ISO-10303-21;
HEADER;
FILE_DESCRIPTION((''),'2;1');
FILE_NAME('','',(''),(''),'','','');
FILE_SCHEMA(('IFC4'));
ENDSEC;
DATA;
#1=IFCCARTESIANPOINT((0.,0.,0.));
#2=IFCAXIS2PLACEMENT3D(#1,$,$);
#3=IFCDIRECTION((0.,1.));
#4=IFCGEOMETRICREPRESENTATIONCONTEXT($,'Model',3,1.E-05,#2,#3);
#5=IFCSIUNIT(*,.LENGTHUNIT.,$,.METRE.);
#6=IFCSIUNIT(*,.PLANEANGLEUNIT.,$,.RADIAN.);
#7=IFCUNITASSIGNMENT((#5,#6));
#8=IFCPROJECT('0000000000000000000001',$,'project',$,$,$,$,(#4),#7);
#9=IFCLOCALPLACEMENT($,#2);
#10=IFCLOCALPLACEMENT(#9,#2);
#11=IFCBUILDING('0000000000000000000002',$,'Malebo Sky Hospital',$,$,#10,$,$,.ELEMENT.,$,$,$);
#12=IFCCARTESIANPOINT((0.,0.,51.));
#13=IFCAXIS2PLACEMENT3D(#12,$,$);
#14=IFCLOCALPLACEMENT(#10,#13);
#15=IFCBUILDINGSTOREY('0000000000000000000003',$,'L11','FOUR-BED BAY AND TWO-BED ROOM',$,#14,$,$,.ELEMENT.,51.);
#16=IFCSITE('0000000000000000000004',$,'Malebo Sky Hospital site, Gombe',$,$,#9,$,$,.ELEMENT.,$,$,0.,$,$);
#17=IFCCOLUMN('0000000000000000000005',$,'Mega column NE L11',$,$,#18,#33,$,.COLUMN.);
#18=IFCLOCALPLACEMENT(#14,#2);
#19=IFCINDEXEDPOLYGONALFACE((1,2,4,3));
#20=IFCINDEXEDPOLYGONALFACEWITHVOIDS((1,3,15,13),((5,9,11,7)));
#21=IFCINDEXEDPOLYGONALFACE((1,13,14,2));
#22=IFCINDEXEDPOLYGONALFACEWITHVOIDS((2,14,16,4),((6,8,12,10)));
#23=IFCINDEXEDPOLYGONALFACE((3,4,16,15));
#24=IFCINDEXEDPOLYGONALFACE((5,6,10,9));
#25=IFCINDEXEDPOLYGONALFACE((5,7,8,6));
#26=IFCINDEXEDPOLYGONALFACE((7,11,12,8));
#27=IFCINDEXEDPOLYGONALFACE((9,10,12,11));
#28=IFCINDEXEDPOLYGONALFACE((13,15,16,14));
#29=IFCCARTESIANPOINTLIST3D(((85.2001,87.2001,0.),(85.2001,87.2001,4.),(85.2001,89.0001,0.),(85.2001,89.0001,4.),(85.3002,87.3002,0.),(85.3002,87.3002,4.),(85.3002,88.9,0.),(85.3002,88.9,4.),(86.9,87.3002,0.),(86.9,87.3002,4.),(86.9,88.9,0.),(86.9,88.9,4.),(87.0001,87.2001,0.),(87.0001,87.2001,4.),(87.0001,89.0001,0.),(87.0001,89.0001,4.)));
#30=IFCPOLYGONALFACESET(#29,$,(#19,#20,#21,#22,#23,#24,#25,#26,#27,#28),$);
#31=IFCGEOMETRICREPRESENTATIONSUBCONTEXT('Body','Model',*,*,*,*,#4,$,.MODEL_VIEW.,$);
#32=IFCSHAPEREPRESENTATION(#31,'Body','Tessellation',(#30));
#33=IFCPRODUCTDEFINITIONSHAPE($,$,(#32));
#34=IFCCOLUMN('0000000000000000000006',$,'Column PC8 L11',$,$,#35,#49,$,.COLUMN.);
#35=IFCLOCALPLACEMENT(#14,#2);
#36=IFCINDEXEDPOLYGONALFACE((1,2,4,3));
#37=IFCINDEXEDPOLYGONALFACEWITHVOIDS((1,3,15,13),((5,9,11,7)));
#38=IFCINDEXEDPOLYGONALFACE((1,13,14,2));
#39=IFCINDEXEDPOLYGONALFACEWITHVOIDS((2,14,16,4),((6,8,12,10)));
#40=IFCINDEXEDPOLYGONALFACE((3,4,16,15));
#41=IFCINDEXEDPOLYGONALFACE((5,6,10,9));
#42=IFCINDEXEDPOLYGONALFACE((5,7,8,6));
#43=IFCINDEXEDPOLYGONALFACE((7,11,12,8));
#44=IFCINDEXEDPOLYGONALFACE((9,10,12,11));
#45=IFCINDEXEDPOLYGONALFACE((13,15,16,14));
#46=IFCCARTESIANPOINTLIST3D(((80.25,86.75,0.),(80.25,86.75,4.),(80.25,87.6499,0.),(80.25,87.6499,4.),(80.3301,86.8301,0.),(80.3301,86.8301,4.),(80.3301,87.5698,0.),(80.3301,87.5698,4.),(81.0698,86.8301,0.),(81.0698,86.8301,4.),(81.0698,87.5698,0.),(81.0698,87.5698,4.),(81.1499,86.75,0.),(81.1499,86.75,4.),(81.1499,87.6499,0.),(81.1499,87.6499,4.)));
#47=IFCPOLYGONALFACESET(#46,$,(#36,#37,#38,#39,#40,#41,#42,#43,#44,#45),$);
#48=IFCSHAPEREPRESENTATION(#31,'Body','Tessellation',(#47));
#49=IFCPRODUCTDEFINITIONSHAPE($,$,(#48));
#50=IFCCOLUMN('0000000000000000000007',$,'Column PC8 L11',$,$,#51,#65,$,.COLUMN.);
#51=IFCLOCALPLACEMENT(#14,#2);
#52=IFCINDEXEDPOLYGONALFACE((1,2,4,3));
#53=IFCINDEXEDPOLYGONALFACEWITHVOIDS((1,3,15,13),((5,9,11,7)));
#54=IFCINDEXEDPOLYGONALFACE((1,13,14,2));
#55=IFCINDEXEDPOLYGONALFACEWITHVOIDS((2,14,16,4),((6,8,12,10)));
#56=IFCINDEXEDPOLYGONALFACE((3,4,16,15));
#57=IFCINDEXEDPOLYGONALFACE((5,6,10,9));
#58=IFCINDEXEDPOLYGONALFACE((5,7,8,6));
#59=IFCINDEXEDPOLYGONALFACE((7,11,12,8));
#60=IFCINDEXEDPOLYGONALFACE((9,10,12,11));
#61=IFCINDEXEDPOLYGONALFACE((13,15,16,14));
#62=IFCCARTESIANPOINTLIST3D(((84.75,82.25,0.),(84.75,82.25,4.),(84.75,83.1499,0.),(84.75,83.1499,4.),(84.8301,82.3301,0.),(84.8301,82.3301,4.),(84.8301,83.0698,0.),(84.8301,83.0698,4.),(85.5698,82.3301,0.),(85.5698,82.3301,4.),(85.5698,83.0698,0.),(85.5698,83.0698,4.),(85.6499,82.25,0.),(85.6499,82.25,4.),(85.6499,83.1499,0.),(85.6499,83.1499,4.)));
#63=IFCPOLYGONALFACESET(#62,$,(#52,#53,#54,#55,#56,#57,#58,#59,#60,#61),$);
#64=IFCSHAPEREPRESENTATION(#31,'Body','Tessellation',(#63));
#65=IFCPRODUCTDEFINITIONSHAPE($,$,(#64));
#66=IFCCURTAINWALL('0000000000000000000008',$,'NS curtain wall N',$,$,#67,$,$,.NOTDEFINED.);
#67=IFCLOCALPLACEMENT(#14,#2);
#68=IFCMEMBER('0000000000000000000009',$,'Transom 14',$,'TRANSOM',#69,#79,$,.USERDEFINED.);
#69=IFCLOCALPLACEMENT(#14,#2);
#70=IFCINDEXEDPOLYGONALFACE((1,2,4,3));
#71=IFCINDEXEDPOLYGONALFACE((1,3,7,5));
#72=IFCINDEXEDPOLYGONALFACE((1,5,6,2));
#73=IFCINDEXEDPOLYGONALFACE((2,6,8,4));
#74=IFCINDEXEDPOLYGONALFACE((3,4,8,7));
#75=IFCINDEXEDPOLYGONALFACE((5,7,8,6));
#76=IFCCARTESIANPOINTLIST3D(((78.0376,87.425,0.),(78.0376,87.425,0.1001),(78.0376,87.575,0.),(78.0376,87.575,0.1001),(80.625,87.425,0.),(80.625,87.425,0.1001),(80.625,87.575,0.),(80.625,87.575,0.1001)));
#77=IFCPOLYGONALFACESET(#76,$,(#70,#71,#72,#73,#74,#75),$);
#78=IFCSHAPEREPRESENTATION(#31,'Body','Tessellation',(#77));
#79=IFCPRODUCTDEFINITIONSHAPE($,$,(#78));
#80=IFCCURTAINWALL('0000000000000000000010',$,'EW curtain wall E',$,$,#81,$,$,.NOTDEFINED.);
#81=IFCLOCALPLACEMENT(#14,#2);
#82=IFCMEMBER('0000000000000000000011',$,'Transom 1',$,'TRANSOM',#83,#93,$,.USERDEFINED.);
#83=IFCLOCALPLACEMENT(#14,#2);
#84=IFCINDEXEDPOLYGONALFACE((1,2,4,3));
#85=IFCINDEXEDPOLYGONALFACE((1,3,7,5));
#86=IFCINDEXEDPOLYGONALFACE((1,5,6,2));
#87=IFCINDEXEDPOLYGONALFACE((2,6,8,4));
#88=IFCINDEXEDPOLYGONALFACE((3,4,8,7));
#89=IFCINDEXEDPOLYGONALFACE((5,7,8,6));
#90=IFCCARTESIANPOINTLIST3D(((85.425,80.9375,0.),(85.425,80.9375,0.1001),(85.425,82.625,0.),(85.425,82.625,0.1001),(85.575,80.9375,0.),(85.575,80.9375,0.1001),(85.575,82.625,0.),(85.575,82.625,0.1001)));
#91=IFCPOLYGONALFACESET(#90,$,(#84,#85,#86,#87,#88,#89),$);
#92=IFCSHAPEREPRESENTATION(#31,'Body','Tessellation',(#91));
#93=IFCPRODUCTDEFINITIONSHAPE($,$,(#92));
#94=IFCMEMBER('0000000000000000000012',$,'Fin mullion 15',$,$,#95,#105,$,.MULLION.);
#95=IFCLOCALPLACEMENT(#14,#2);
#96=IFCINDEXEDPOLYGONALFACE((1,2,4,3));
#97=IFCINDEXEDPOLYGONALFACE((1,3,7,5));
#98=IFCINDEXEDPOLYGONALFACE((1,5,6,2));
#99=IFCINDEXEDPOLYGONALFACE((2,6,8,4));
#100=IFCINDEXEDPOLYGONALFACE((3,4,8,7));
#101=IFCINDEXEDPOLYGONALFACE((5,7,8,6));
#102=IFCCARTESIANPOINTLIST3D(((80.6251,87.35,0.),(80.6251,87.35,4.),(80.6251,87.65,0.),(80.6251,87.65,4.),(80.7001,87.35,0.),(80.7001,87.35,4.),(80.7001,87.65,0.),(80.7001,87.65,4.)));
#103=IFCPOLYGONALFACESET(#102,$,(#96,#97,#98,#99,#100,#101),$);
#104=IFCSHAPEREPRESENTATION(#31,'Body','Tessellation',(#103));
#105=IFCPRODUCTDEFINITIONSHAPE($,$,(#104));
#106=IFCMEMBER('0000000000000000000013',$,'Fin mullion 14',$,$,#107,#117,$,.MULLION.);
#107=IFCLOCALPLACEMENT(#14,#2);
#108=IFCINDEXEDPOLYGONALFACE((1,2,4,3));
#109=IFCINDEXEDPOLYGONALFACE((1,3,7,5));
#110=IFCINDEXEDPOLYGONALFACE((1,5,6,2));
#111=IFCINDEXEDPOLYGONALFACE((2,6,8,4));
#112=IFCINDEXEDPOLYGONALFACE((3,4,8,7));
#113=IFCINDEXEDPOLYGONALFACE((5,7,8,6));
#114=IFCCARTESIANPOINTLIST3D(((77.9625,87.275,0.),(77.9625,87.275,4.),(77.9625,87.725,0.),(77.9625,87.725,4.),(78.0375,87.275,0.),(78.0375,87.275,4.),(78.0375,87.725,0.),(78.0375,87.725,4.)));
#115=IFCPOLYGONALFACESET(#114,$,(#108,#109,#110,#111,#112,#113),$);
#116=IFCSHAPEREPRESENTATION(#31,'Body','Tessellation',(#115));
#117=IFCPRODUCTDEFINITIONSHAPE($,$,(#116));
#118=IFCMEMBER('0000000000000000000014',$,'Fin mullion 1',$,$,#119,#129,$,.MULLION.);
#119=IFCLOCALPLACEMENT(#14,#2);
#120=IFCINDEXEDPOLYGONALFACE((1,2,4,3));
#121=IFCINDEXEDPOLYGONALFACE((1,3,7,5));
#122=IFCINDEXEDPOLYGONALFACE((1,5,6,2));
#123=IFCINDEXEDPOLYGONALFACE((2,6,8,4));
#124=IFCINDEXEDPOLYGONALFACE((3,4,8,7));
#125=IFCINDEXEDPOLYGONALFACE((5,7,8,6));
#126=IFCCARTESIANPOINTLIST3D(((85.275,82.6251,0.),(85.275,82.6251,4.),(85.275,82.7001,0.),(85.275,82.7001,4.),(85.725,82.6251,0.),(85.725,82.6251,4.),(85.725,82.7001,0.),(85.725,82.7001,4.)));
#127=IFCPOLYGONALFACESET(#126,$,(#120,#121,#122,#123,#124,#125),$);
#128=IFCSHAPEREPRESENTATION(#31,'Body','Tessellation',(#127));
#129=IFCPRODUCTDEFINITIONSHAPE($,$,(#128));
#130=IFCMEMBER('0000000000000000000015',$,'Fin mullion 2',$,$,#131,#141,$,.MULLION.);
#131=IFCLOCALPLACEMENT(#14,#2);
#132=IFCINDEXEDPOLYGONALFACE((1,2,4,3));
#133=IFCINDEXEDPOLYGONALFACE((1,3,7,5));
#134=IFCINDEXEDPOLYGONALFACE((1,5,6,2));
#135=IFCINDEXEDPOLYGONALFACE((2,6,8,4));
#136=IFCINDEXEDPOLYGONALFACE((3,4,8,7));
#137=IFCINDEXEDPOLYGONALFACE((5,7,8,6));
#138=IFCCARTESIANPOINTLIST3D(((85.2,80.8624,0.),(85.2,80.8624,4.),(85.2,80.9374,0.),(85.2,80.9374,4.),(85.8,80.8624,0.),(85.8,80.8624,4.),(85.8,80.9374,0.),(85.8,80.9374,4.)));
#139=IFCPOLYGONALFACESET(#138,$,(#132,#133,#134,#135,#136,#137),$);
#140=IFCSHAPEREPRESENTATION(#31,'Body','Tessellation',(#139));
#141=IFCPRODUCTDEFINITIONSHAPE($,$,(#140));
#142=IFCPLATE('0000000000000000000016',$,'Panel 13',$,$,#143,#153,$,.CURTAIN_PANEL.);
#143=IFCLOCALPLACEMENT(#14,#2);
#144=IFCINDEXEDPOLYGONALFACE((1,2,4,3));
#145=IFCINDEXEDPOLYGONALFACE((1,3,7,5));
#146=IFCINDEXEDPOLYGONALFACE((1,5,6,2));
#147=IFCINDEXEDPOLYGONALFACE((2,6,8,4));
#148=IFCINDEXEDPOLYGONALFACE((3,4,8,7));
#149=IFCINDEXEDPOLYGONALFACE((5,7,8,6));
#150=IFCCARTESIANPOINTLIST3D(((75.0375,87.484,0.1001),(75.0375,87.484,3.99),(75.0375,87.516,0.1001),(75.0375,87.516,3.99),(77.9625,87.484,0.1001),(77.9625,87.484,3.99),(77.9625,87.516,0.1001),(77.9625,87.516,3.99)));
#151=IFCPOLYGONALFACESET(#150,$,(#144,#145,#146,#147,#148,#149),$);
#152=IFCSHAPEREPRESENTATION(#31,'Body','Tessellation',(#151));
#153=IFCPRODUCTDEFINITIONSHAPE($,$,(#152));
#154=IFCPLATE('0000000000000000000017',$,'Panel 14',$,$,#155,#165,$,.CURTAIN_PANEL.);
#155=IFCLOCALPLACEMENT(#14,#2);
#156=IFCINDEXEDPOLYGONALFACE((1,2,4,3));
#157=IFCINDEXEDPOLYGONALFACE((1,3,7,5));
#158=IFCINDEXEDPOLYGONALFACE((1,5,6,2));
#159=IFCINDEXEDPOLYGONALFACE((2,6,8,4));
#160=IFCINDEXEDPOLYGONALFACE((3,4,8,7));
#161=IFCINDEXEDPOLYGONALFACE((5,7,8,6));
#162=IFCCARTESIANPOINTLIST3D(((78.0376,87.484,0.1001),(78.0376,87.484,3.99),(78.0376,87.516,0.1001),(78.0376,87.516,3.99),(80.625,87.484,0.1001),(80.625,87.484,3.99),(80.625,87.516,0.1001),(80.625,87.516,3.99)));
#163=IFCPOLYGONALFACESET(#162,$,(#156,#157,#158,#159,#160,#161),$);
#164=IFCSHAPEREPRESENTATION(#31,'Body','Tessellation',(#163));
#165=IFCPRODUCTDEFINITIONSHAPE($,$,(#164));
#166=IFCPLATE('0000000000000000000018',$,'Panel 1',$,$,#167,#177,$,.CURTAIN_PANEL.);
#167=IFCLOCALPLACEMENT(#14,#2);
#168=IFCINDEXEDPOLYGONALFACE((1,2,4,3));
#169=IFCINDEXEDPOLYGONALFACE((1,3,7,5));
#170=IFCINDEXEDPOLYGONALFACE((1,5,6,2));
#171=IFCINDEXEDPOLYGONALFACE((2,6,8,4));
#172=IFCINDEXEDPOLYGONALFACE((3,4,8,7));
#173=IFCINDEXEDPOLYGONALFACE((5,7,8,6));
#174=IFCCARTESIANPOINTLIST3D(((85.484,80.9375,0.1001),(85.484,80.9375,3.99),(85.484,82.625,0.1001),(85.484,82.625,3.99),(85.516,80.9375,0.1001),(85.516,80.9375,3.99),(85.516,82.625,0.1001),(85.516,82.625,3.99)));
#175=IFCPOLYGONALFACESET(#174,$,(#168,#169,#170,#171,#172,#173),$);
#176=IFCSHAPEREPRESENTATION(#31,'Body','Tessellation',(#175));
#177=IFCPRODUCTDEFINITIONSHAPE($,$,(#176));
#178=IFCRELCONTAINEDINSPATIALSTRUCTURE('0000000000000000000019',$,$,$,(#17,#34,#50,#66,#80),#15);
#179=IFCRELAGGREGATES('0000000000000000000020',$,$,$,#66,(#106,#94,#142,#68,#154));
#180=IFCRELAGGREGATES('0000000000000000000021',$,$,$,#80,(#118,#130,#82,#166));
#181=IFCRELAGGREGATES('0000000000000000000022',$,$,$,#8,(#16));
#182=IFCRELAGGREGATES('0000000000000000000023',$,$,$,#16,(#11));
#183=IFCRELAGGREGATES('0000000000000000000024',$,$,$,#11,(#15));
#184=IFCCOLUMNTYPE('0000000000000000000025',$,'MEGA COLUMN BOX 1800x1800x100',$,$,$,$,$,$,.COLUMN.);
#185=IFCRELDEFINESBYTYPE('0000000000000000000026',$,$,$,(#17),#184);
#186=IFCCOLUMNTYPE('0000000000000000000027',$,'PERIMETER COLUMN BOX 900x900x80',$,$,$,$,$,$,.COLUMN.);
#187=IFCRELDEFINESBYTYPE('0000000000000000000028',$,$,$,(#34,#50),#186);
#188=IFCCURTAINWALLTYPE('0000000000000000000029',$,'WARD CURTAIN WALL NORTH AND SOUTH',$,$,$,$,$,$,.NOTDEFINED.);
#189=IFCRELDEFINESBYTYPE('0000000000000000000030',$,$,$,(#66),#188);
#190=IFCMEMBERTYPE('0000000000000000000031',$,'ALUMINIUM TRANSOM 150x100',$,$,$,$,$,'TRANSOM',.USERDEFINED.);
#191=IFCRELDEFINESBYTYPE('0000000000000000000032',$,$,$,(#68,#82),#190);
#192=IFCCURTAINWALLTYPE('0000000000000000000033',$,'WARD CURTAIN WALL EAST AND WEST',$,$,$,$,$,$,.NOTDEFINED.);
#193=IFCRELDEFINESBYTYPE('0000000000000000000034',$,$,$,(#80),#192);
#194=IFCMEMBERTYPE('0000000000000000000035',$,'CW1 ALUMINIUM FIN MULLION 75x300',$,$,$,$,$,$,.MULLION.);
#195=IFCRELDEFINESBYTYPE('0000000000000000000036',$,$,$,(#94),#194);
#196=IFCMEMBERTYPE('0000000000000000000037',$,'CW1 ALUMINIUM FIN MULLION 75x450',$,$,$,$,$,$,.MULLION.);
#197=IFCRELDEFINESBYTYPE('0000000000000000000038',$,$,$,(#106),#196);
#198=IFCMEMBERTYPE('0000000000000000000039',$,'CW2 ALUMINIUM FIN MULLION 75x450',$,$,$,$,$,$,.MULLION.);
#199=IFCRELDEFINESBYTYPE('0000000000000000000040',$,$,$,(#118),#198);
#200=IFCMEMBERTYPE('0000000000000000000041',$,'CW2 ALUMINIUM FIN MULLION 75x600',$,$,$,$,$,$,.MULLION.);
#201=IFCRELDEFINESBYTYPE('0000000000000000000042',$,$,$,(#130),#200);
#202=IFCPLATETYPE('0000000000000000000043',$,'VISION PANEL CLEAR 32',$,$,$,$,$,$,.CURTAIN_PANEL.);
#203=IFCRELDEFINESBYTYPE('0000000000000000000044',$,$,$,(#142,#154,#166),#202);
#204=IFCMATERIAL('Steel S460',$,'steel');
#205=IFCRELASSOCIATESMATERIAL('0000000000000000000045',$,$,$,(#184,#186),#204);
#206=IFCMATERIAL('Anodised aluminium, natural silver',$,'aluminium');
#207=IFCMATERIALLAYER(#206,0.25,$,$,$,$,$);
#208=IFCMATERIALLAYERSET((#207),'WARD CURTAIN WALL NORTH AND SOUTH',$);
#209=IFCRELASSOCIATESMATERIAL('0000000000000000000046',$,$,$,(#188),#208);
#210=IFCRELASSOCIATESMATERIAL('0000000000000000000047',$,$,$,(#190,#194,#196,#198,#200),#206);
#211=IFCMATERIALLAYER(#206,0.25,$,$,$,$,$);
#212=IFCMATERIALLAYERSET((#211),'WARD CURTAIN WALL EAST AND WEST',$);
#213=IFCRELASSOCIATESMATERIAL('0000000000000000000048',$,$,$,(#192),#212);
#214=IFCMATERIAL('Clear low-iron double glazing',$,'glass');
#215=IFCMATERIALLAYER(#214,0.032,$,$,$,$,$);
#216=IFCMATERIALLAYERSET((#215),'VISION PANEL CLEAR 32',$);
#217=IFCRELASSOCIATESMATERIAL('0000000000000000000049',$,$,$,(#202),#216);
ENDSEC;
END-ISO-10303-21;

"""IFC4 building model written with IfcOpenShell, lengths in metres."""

from ifc_helpers import new_model, si_unit, direction, frame, origin, origin_2d, place, context, subcontext, project, spatial, rectangle, hollow_rectangle, extrude, material, layer, layer_set, material_profile, profile_set, type_object, element, aggregate, save


model = new_model("IFC4")

# Units and contexts
model_context = context("Model", 3, precision=1e-05, world=origin(), true_north=direction((0.0, 1.0)))
body_context = subcontext(model_context, "Body", "Model", "MODEL_VIEW")
ifc_project = project(units=[si_unit("LENGTHUNIT", "METRE"), si_unit("PLANEANGLEUNIT", "RADIAN")], contexts=[model_context])

# Site, building, storey
site_placement = place(None, origin())
site = spatial("IfcSite", under=ifc_project, at=site_placement, Name="Malebo Sky Hospital site, Gombe", CompositionType="ELEMENT", RefElevation=0.0)
building_placement = place(site_placement, origin())
building = spatial("IfcBuilding", under=site, at=building_placement, Name="Malebo Sky Hospital", CompositionType="ELEMENT")
storey_placement = place(building_placement, frame((0.0, 0.0, 51.0)))
storey = spatial("IfcBuildingStorey", under=building, at=storey_placement, Name="L11", Description="FOUR-BED BAY AND TWO-BED ROOM", CompositionType="ELEMENT", Elevation=51.0)

# Columns
ifc_material_1 = material(Name="Steel S460", Category="steel")
ifc_material_profile_1 = material_profile(ifc_material_1, hollow_rectangle(XDim=1.8, YDim=1.8, WallThickness=0.1001, at=origin_2d()), Name="BOX 1800x1800x100")
ifc_profile_set_1 = profile_set([ifc_material_profile_1], Name="Steel S460")
column_type_1 = type_object("IfcColumnType", Name="MEGA COLUMN BOX 1800x1800x100", PredefinedType="COLUMN", material=ifc_profile_set_1)
column_placement = place(storey_placement, frame((86.1001, 88.1001, 0.0), z_axis=(0.0, 0.0, 1.0), x_axis=(1.0, 0.0, 0.0)))
element("IfcColumn", 1, at=column_placement, inside=storey, type_object=column_type_1, Name="Mega column NE L11", PredefinedType="COLUMN", context=body_context, shape_type="SweptSolid", body=[
    extrude(hollow_rectangle(XDim=1.8, YDim=1.8, WallThickness=0.1001, at=origin_2d()), origin(), (0.0, 0.0, 1.0), 4.0),
])
ifc_material_profile_2 = material_profile(ifc_material_1, hollow_rectangle(XDim=0.8999, YDim=0.8999, WallThickness=0.0801, at=origin_2d()), Name="BOX 900x900x80")
ifc_profile_set_2 = profile_set([ifc_material_profile_2], Name="Steel S460")
column_type_2 = type_object("IfcColumnType", Name="PERIMETER COLUMN BOX 900x900x80", PredefinedType="COLUMN", material=ifc_profile_set_2)
for number, where, z_axis, x_axis, name in (
    (2, (80.7, 87.2, 0.0), (0.0, 0.0, 1.0), (1.0, 0.0, 0.0), "Column PC8 L11"),
    (3, (85.2, 82.7, 0.0), (0.0, 0.0, 1.0), (1.0, 0.0, 0.0), "Column PC8 L11"),
):
    element("IfcColumn", number, at=place(storey_placement, frame(where, z_axis=z_axis, x_axis=x_axis)), inside=storey, type_object=column_type_2, Name=name, PredefinedType="COLUMN", context=body_context, shape_type="SweptSolid", body=[
        extrude(hollow_rectangle(XDim=0.8999, YDim=0.8999, WallThickness=0.0801, at=origin_2d()), origin(), (0.0, 0.0, 1.0), 4.0),
    ])

# Curtain walls, members
ifc_material_2 = material(Name="Anodised aluminium, natural silver", Category="aluminium")
ifc_layer_1 = layer(ifc_material_2, 0.25)
ifc_layer_set_1 = layer_set([ifc_layer_1], Name="WARD CURTAIN WALL NORTH AND SOUTH")
curtain_wall_type_1 = type_object("IfcCurtainWallType", Name="WARD CURTAIN WALL NORTH AND SOUTH", PredefinedType="NOTDEFINED", material=ifc_layer_set_1)
curtain_wall_1_placement = place(storey_placement, origin())
curtain_wall_1 = element("IfcCurtainWall", 4, at=curtain_wall_1_placement, inside=storey, type_object=curtain_wall_type_1, Name="NS curtain wall N", PredefinedType="NOTDEFINED")
ifc_material_profile_3 = material_profile(ifc_material_2, rectangle(XDim=0.1499, YDim=0.1001, at=origin_2d()), Name="ALUMINIUM TRANSOM 150x100")
ifc_profile_set_3 = profile_set([ifc_material_profile_3], Name="Anodised aluminium, natural silver")
member_type_1 = type_object("IfcMemberType", Name="ALUMINIUM TRANSOM 150x100", ElementType="TRANSOM", PredefinedType="USERDEFINED", material=ifc_profile_set_3)
member_1_placement = place(storey_placement, frame((78.0376, 87.5, 0.05), z_axis=(1.0, 0.0, 0.0), x_axis=(0.0, 1.0, 0.0)))
member_1 = element("IfcMember", 5, at=member_1_placement, type_object=member_type_1, Name="Transom 14", ObjectType="TRANSOM", PredefinedType="USERDEFINED", context=body_context, shape_type="SweptSolid", body=[
    extrude(rectangle(XDim=0.1499, YDim=0.1001, at=origin_2d()), origin(), (0.0, 0.0, 1.0), 2.5874),
])
ifc_layer_2 = layer(ifc_material_2, 0.25)
ifc_layer_set_2 = layer_set([ifc_layer_2], Name="WARD CURTAIN WALL EAST AND WEST")
curtain_wall_type_2 = type_object("IfcCurtainWallType", Name="WARD CURTAIN WALL EAST AND WEST", PredefinedType="NOTDEFINED", material=ifc_layer_set_2)
curtain_wall_2_placement = place(storey_placement, origin())
curtain_wall_2 = element("IfcCurtainWall", 6, at=curtain_wall_2_placement, inside=storey, type_object=curtain_wall_type_2, Name="EW curtain wall E", PredefinedType="NOTDEFINED")
member_2_placement = place(storey_placement, frame((85.5, 82.625, 0.05), z_axis=(0.0, -1.0, 0.0), x_axis=(1.0, 0.0, 0.0)))
member_2 = element("IfcMember", 7, at=member_2_placement, type_object=member_type_1, Name="Transom 1", ObjectType="TRANSOM", PredefinedType="USERDEFINED", context=body_context, shape_type="SweptSolid", body=[
    extrude(rectangle(XDim=0.1499, YDim=0.1001, at=origin_2d()), origin(), (0.0, 0.0, 1.0), 1.6875),
])

# Members
ifc_material_profile_4 = material_profile(ifc_material_2, rectangle(XDim=0.075, YDim=0.3, at=origin_2d()), Name="CW1 ALUMINIUM FIN MULLION 75x300")
ifc_profile_set_4 = profile_set([ifc_material_profile_4], Name="Anodised aluminium, natural silver")
member_type_2 = type_object("IfcMemberType", Name="CW1 ALUMINIUM FIN MULLION 75x300", PredefinedType="MULLION", material=ifc_profile_set_4)
member_3_placement = place(storey_placement, frame((80.6626, 87.5, 0.0), z_axis=(0.0, 0.0, 1.0), x_axis=(1.0, 0.0, 0.0)))
member_3 = element("IfcMember", 8, at=member_3_placement, type_object=member_type_2, Name="Fin mullion 15", PredefinedType="MULLION", context=body_context, shape_type="SweptSolid", body=[
    extrude(rectangle(XDim=0.075, YDim=0.3, at=origin_2d()), origin(), (0.0, 0.0, 1.0), 4.0),
])
ifc_material_profile_5 = material_profile(ifc_material_2, rectangle(XDim=0.075, YDim=0.45, at=origin_2d()), Name="CW1 ALUMINIUM FIN MULLION 75x450")
ifc_profile_set_5 = profile_set([ifc_material_profile_5], Name="Anodised aluminium, natural silver")
member_type_3 = type_object("IfcMemberType", Name="CW1 ALUMINIUM FIN MULLION 75x450", PredefinedType="MULLION", material=ifc_profile_set_5)
member_4_placement = place(storey_placement, frame((78.0, 87.5, 0.0), z_axis=(0.0, 0.0, 1.0), x_axis=(1.0, 0.0, 0.0)))
member_4 = element("IfcMember", 9, at=member_4_placement, type_object=member_type_3, Name="Fin mullion 14", PredefinedType="MULLION", context=body_context, shape_type="SweptSolid", body=[
    extrude(rectangle(XDim=0.075, YDim=0.45, at=origin_2d()), origin(), (0.0, 0.0, 1.0), 4.0),
])
ifc_material_profile_6 = material_profile(ifc_material_2, rectangle(XDim=0.075, YDim=0.45, at=origin_2d()), Name="CW2 ALUMINIUM FIN MULLION 75x450")
ifc_profile_set_6 = profile_set([ifc_material_profile_6], Name="Anodised aluminium, natural silver")
member_type_4 = type_object("IfcMemberType", Name="CW2 ALUMINIUM FIN MULLION 75x450", PredefinedType="MULLION", material=ifc_profile_set_6)
member_5_placement = place(storey_placement, frame((85.5, 82.6626, 0.0), z_axis=(0.0, 0.0, 1.0), x_axis=(0.0, -1.0, 0.0)))
member_5 = element("IfcMember", 10, at=member_5_placement, type_object=member_type_4, Name="Fin mullion 1", PredefinedType="MULLION", context=body_context, shape_type="SweptSolid", body=[
    extrude(rectangle(XDim=0.075, YDim=0.45, at=origin_2d()), origin(), (0.0, 0.0, 1.0), 4.0),
])
ifc_material_profile_7 = material_profile(ifc_material_2, rectangle(XDim=0.075, YDim=0.6001, at=origin_2d()), Name="CW2 ALUMINIUM FIN MULLION 75x600")
ifc_profile_set_7 = profile_set([ifc_material_profile_7], Name="Anodised aluminium, natural silver")
member_type_5 = type_object("IfcMemberType", Name="CW2 ALUMINIUM FIN MULLION 75x600", PredefinedType="MULLION", material=ifc_profile_set_7)
member_6_placement = place(storey_placement, frame((85.5, 80.8999, 0.0), z_axis=(0.0, 0.0, 1.0), x_axis=(0.0, -1.0, 0.0)))
member_6 = element("IfcMember", 11, at=member_6_placement, type_object=member_type_5, Name="Fin mullion 2", PredefinedType="MULLION", context=body_context, shape_type="SweptSolid", body=[
    extrude(rectangle(XDim=0.075, YDim=0.6001, at=origin_2d()), origin(), (0.0, 0.0, 1.0), 4.0),
])

# Plates
ifc_material_3 = material(Name="Clear low-iron double glazing", Category="glass")
ifc_layer_3 = layer(ifc_material_3, 0.032)
ifc_layer_set_3 = layer_set([ifc_layer_3], Name="VISION PANEL CLEAR 32")
plate_type = type_object("IfcPlateType", Name="VISION PANEL CLEAR 32", PredefinedType="CURTAIN_PANEL", material=ifc_layer_set_3)
plate_1_placement = place(storey_placement, frame((76.5, 87.5, 0.1001), z_axis=(0.0, 0.0, 1.0), x_axis=(1.0, 0.0, 0.0)))
plate_1 = element("IfcPlate", 12, at=plate_1_placement, type_object=plate_type, Name="Panel 13", PredefinedType="CURTAIN_PANEL", context=body_context, shape_type="SweptSolid", body=[
    extrude(rectangle(XDim=2.925, YDim=0.032, at=origin_2d()), origin(), (0.0, 0.0, 1.0), 3.8899),
])
plate_2_placement = place(storey_placement, frame((79.3313, 87.5, 0.1001), z_axis=(0.0, 0.0, 1.0), x_axis=(1.0, 0.0, 0.0)))
plate_2 = element("IfcPlate", 13, at=plate_2_placement, type_object=plate_type, Name="Panel 14", PredefinedType="CURTAIN_PANEL", context=body_context, shape_type="SweptSolid", body=[
    extrude(rectangle(XDim=2.5874, YDim=0.032, at=origin_2d()), origin(), (0.0, 0.0, 1.0), 3.8899),
])
aggregate(curtain_wall_1, [member_4, member_3, plate_1, member_1, plate_2])
plate_3_placement = place(storey_placement, frame((85.5, 81.7812, 0.1001), z_axis=(0.0, 0.0, 1.0), x_axis=(0.0, -1.0, 0.0)))
plate_3 = element("IfcPlate", 14, at=plate_3_placement, type_object=plate_type, Name="Panel 1", PredefinedType="CURTAIN_PANEL", context=body_context, shape_type="SweptSolid", body=[
    extrude(rectangle(XDim=1.6875, YDim=0.032, at=origin_2d()), origin(), (0.0, 0.0, 1.0), 3.8899),
])
aggregate(curtain_wall_2, [member_5, member_6, member_2, plate_3])

save(model, "model.ifc")
